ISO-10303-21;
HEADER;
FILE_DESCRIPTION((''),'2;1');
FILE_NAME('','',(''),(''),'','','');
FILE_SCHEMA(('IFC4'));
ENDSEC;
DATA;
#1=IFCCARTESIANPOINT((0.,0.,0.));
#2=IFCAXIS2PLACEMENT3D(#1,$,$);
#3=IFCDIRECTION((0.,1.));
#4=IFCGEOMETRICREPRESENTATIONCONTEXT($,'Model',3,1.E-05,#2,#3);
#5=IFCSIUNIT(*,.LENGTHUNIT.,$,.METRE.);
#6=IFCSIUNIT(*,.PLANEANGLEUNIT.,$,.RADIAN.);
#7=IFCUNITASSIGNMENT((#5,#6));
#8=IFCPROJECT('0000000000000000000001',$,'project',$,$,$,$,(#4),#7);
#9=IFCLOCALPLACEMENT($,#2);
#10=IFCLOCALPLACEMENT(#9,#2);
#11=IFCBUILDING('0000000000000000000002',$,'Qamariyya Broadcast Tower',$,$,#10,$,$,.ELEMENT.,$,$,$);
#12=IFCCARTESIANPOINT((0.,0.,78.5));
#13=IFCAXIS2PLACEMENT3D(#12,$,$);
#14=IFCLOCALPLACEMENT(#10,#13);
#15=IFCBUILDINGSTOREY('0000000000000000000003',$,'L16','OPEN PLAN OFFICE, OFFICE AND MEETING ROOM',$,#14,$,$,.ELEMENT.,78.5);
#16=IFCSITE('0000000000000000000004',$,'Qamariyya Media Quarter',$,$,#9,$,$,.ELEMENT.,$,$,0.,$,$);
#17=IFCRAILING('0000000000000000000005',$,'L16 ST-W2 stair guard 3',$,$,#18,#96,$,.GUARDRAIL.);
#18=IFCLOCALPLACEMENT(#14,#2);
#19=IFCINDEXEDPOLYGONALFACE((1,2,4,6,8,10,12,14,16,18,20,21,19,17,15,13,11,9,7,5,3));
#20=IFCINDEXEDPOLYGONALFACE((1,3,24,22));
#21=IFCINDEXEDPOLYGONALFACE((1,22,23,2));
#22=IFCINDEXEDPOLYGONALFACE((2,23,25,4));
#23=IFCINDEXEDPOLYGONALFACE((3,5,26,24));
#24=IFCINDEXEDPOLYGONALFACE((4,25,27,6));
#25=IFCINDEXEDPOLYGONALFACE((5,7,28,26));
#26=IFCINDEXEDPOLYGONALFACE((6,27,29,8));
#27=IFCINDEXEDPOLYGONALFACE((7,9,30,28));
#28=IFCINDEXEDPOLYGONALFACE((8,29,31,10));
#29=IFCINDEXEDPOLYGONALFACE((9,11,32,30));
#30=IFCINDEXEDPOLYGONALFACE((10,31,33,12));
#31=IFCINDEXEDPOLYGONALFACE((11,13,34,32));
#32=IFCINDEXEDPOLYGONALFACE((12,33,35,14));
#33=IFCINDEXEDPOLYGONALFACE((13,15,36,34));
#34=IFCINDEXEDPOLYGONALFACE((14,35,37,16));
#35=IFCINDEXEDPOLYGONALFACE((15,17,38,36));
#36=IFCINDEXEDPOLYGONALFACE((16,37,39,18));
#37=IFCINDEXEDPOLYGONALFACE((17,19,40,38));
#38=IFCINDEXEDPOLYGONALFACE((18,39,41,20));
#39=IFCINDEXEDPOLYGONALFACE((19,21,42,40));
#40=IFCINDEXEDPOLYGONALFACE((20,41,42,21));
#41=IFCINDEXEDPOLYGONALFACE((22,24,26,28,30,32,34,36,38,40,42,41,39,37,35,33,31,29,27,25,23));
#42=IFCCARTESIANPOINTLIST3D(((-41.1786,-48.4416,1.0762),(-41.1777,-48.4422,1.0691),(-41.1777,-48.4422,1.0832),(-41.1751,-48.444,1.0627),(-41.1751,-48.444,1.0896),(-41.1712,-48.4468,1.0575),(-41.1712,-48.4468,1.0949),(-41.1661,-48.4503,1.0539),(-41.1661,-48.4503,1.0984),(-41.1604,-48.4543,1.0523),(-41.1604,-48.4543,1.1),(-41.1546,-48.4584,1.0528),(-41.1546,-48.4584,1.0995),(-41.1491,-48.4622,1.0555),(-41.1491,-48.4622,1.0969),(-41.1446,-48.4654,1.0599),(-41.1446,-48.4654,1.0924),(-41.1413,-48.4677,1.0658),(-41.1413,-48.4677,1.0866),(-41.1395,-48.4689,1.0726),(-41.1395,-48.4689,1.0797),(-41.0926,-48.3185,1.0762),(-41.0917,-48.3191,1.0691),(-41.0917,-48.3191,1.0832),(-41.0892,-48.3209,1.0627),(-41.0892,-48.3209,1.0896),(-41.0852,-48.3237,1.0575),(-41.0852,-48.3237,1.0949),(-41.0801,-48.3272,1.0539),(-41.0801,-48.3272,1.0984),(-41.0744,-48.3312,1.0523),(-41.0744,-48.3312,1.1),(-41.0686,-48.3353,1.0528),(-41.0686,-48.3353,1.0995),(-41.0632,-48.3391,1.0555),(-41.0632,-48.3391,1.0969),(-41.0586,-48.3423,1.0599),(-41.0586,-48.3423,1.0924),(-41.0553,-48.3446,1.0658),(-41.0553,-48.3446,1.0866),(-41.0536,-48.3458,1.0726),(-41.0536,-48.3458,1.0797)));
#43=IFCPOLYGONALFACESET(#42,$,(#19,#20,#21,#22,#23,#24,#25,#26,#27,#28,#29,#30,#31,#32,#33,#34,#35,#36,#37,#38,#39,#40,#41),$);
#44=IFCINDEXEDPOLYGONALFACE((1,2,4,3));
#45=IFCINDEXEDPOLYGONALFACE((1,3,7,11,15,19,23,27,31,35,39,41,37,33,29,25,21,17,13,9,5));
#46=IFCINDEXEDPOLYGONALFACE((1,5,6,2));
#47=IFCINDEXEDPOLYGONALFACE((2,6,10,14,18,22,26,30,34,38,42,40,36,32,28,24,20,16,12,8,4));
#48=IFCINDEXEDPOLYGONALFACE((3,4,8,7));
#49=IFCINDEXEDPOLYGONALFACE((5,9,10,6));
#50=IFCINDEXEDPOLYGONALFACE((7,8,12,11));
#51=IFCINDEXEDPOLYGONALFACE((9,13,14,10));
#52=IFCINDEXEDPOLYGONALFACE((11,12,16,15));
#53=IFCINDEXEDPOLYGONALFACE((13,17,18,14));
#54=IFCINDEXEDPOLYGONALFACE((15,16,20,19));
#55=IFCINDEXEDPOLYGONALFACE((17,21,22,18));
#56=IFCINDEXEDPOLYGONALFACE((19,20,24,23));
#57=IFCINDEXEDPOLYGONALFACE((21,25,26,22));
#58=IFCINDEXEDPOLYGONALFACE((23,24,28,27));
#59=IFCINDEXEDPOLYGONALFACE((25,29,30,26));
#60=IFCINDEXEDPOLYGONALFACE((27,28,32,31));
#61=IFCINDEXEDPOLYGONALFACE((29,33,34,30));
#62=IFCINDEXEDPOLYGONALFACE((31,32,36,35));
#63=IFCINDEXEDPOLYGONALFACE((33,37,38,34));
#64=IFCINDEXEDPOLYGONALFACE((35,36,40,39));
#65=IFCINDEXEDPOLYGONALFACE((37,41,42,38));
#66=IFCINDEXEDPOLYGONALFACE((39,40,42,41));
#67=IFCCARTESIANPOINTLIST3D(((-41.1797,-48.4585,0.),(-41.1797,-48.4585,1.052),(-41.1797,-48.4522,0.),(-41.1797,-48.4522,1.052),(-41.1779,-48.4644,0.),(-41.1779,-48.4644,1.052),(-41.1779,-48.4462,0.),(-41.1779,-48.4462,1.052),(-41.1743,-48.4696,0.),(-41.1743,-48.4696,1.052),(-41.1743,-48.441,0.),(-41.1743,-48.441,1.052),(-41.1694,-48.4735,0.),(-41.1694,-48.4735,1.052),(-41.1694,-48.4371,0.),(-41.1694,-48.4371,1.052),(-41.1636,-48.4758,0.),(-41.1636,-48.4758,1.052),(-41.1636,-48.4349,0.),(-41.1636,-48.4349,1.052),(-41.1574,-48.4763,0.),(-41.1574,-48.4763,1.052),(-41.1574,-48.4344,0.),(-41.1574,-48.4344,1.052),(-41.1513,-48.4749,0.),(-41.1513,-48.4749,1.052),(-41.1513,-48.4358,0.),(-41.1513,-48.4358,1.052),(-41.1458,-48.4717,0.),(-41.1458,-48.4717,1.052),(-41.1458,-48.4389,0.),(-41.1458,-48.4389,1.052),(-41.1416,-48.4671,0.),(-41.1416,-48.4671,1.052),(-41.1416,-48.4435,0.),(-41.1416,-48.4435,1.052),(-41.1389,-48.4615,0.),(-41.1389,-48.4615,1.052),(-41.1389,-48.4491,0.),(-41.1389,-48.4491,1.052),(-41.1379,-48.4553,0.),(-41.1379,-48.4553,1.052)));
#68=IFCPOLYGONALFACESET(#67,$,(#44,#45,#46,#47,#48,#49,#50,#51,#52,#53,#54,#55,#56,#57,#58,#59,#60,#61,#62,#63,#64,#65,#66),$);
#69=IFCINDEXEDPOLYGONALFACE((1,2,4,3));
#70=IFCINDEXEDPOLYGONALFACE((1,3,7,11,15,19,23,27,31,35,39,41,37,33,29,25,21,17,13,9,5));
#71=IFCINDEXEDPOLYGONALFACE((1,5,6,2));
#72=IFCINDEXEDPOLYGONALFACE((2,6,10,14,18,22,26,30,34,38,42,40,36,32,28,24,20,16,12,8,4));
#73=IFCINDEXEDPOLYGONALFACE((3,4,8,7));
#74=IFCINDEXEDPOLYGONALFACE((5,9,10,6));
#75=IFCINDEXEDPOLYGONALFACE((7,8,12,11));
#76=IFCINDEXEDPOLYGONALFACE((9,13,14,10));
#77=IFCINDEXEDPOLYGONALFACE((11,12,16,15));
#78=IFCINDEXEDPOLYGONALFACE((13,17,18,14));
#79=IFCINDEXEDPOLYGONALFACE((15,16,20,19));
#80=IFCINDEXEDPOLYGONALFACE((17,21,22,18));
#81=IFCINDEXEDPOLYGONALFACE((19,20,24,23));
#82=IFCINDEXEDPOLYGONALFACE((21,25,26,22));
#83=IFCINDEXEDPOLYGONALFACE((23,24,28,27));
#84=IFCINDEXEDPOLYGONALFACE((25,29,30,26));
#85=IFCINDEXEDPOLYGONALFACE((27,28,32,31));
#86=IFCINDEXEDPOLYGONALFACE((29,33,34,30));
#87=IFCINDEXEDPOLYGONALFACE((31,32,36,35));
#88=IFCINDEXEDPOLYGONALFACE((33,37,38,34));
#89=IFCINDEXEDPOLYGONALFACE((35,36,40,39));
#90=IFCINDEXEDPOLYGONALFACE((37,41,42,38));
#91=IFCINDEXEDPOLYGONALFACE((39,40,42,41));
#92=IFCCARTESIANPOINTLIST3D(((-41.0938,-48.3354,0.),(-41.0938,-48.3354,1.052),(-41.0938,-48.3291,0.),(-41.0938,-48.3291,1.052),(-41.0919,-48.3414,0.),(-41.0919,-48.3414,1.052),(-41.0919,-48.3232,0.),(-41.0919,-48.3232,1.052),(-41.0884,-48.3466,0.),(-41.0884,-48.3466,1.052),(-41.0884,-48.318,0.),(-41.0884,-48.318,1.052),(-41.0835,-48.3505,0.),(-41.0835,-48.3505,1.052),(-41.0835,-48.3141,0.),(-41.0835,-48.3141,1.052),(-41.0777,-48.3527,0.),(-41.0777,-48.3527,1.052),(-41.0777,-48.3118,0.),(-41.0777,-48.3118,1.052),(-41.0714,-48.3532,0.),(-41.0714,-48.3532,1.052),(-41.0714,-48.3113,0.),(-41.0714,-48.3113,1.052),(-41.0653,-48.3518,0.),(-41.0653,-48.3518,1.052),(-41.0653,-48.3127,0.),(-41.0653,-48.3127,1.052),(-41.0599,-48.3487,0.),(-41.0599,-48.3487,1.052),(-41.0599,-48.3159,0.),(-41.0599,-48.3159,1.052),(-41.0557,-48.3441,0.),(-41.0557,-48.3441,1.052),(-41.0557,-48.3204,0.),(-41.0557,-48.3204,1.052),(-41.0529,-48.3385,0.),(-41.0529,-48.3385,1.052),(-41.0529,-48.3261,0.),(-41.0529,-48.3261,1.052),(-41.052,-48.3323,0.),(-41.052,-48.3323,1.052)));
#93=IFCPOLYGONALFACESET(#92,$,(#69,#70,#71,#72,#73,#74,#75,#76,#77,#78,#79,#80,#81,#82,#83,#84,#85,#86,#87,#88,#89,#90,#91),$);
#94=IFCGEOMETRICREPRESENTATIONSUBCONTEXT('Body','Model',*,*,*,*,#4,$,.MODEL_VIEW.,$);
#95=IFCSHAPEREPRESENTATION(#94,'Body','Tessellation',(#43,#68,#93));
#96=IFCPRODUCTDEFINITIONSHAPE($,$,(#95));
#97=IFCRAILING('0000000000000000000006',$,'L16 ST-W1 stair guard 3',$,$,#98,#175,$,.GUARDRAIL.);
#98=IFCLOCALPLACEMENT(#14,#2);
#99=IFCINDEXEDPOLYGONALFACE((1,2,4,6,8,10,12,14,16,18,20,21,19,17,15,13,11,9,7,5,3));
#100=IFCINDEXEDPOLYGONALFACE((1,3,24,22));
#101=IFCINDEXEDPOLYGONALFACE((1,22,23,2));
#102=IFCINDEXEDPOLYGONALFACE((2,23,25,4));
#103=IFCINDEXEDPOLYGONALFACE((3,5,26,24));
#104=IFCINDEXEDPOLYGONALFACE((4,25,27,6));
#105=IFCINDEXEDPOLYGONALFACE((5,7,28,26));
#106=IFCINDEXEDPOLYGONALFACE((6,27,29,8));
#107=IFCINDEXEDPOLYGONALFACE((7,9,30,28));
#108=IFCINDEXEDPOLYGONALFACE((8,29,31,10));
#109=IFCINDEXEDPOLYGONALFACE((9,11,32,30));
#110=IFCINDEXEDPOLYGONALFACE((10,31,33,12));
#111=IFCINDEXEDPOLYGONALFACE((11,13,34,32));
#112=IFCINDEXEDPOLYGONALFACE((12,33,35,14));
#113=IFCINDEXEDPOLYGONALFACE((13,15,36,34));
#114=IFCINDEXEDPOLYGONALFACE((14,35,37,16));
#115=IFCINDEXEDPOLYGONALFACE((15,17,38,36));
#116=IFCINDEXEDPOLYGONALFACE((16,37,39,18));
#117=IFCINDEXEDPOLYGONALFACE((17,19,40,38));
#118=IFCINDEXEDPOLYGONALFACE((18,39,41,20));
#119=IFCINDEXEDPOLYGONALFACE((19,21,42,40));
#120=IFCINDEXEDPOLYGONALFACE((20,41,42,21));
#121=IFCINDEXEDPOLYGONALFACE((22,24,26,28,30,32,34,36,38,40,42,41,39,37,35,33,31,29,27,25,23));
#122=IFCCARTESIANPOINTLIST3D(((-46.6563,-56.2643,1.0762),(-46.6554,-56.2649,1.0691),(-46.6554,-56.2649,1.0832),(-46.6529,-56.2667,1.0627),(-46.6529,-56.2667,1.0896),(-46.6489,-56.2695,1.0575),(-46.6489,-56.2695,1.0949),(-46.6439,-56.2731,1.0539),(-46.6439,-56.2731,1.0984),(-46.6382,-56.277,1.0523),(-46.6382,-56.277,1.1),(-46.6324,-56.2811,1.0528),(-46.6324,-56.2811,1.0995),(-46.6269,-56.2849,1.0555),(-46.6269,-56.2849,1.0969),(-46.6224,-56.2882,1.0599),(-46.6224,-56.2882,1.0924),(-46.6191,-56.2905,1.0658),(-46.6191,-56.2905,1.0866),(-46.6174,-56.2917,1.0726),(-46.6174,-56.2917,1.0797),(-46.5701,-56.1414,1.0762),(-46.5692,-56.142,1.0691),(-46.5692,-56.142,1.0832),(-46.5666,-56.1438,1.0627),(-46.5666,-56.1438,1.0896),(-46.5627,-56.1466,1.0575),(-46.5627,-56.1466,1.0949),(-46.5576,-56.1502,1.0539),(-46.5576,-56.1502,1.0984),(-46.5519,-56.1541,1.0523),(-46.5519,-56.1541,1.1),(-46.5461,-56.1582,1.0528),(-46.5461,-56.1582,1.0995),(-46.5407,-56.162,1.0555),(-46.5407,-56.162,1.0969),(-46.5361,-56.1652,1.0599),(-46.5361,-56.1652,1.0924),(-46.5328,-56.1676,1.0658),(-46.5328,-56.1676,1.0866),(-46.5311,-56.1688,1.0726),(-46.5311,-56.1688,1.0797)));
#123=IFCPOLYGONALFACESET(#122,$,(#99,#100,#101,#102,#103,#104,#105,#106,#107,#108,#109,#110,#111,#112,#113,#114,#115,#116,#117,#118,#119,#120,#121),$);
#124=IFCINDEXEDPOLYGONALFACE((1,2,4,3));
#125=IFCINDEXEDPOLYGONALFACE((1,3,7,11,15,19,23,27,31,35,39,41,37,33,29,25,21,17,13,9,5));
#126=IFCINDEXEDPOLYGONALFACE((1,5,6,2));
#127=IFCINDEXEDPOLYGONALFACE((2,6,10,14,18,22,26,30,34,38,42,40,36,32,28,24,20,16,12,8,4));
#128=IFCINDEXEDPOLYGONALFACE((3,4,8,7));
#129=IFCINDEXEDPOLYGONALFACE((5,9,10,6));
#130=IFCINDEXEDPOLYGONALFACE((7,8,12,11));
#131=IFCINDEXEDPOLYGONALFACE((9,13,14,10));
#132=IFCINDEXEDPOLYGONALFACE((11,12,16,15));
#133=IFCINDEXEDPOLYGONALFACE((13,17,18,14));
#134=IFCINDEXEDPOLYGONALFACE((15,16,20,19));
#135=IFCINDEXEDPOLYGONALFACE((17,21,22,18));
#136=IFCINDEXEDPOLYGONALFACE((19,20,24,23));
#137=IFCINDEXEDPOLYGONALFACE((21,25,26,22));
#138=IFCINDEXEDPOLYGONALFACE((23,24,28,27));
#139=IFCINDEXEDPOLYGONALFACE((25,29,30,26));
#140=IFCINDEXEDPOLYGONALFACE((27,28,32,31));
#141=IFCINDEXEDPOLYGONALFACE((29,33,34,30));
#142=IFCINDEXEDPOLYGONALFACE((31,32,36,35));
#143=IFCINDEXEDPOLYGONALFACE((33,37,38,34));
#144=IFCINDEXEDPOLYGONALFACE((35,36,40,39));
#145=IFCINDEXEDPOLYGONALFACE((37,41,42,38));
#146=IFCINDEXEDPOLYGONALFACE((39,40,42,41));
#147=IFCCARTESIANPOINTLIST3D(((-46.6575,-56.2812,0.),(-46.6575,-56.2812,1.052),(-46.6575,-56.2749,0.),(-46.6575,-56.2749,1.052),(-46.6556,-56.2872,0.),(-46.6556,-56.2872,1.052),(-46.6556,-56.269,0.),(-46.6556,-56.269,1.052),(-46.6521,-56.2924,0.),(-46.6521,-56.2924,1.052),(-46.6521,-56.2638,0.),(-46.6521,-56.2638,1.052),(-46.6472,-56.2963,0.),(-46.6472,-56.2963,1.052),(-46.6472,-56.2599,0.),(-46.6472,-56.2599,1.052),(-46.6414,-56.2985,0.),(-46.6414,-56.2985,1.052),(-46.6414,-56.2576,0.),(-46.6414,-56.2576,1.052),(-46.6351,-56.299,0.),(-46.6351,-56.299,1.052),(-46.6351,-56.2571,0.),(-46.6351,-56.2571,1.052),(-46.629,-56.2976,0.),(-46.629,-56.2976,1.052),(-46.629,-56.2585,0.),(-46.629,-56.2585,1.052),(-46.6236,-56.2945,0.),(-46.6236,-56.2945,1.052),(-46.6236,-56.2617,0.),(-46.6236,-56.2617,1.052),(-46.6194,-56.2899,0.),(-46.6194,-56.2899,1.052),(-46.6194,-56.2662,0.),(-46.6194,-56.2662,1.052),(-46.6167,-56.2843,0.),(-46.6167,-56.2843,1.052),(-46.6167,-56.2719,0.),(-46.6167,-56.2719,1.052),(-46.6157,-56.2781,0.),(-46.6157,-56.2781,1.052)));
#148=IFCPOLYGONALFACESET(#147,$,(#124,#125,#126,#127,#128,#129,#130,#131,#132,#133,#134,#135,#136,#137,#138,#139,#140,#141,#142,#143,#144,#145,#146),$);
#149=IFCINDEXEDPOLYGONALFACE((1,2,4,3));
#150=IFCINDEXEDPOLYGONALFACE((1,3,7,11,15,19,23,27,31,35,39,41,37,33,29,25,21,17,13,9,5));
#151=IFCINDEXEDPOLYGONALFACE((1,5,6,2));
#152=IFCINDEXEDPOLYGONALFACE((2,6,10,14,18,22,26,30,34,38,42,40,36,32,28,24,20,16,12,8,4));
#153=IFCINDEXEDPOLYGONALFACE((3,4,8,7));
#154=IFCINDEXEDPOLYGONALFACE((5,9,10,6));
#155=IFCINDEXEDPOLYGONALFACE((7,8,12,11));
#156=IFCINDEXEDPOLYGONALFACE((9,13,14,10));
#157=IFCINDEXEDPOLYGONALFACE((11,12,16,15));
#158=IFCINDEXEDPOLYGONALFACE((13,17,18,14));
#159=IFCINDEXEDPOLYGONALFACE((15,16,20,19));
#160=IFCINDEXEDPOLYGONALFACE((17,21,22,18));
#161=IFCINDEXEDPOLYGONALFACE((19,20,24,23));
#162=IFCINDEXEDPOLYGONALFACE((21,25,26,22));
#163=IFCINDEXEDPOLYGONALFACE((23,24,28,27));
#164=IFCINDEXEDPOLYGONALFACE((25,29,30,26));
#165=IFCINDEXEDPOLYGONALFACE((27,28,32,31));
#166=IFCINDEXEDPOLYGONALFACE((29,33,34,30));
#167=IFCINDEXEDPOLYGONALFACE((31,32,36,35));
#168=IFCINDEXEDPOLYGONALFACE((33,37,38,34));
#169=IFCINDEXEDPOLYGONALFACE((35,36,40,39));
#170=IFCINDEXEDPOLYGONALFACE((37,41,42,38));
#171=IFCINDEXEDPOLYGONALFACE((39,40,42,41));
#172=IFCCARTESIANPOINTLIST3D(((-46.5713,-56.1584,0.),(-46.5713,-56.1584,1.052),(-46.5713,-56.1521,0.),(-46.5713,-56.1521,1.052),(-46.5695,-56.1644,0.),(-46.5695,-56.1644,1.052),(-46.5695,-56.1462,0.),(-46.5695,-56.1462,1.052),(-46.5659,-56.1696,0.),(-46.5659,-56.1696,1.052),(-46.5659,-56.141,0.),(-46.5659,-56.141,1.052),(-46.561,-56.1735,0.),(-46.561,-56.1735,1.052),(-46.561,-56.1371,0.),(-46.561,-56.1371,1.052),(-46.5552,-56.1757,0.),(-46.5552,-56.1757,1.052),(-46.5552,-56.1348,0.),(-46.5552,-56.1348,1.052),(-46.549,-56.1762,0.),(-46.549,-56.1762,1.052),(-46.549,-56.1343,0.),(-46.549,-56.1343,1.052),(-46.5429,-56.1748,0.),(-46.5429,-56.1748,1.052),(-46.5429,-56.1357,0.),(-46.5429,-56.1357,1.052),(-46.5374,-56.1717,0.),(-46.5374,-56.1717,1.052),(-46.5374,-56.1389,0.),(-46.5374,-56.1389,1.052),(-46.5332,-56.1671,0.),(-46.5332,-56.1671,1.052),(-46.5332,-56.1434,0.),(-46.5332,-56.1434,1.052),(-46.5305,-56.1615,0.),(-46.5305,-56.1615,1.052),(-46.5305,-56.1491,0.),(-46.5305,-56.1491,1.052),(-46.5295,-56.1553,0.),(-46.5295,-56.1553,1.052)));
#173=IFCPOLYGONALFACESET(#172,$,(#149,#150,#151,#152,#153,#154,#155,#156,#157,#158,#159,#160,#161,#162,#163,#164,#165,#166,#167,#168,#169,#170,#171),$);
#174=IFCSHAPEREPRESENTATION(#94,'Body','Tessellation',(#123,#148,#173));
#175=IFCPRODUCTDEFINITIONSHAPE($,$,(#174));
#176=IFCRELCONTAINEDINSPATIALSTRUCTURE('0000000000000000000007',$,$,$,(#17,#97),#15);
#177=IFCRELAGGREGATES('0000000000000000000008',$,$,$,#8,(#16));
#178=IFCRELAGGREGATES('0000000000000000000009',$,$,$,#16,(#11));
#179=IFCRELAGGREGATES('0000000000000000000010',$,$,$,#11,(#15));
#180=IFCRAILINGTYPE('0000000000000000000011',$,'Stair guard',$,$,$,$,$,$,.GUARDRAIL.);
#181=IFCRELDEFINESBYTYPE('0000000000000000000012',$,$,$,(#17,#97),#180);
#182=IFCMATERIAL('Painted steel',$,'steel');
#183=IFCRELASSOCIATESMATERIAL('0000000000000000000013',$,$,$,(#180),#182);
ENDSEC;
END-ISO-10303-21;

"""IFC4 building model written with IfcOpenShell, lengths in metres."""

from ifc_helpers import new_model, si_unit, direction, frame, origin, origin_2d, place, context, subcontext, project, spatial, circle, extrude, material, type_object, element, save


model = new_model("IFC4")

# Units and contexts
model_context = context("Model", 3, precision=1e-05, world=origin(), true_north=direction((0.0, 1.0)))
body_context = subcontext(model_context, "Body", "Model", "MODEL_VIEW")
ifc_project = project(units=[si_unit("LENGTHUNIT", "METRE"), si_unit("PLANEANGLEUNIT", "RADIAN")], contexts=[model_context])

# Site, building, storey
site_placement = place(None, origin())
site = spatial("IfcSite", under=ifc_project, at=site_placement, Name="Qamariyya Media Quarter", CompositionType="ELEMENT", RefElevation=0.0)
building_placement = place(site_placement, origin())
building = spatial("IfcBuilding", under=site, at=building_placement, Name="Qamariyya Broadcast Tower", CompositionType="ELEMENT")
storey_placement = place(building_placement, frame((0.0, 0.0, 78.5)))
storey = spatial("IfcBuildingStorey", under=building, at=storey_placement, Name="L16", Description="OPEN PLAN OFFICE, OFFICE AND MEETING ROOM", CompositionType="ELEMENT", Elevation=78.5)

# Railings
ifc_material_1 = material(Name="Painted steel", Category="steel")
railing_type_1 = type_object("IfcRailingType", Name="Stair guard", PredefinedType="GUARDRAIL", material=ifc_material_1)
railing_1_placement = place(storey_placement, frame((-41.1589, -48.4553, 0.0)))
element("IfcRailing", 1, at=railing_1_placement, inside=storey, type_object=railing_type_1, Name="L16 ST-W2 stair guard 3", PredefinedType="GUARDRAIL", context=body_context, shape_type="SweptSolid", body=[
    extrude(circle(Radius=0.0239, at=origin_2d()), frame((0.0, 0.0, 1.0762), z_axis=(0.572589, 0.819843, 0.0), x_axis=(-0.819843, 0.572589, 0.0)), (0.0, 0.0, 1.0), 0.1501),
    extrude(circle(Radius=0.021, at=origin_2d()), origin(), (0.0, 0.0, 1.0), 1.052),
    extrude(circle(Radius=0.021, at=origin_2d()), frame((0.0859, 0.123, 0.0)), (0.0, 0.0, 1.0), 1.052),
])
railing_2_placement = place(storey_placement, frame((-46.6367, -56.2781, 0.0)))
element("IfcRailing", 2, at=railing_2_placement, inside=storey, type_object=railing_type_1, Name="L16 ST-W1 stair guard 3", PredefinedType="GUARDRAIL", context=body_context, shape_type="SweptSolid", body=[
    extrude(circle(Radius=0.0239, at=origin_2d()), frame((0.0, 0.0, 1.0762), z_axis=(0.574445, 0.818543, 0.0), x_axis=(-0.818543, 0.574445, 0.0)), (0.0, 0.0, 1.0), 0.1501),
    extrude(circle(Radius=0.021, at=origin_2d()), origin(), (0.0, 0.0, 1.0), 1.052),
    extrude(circle(Radius=0.021, at=origin_2d()), frame((0.0862, 0.1228, 0.0)), (0.0, 0.0, 1.0), 1.052),
])

save(model, "model.ifc")
